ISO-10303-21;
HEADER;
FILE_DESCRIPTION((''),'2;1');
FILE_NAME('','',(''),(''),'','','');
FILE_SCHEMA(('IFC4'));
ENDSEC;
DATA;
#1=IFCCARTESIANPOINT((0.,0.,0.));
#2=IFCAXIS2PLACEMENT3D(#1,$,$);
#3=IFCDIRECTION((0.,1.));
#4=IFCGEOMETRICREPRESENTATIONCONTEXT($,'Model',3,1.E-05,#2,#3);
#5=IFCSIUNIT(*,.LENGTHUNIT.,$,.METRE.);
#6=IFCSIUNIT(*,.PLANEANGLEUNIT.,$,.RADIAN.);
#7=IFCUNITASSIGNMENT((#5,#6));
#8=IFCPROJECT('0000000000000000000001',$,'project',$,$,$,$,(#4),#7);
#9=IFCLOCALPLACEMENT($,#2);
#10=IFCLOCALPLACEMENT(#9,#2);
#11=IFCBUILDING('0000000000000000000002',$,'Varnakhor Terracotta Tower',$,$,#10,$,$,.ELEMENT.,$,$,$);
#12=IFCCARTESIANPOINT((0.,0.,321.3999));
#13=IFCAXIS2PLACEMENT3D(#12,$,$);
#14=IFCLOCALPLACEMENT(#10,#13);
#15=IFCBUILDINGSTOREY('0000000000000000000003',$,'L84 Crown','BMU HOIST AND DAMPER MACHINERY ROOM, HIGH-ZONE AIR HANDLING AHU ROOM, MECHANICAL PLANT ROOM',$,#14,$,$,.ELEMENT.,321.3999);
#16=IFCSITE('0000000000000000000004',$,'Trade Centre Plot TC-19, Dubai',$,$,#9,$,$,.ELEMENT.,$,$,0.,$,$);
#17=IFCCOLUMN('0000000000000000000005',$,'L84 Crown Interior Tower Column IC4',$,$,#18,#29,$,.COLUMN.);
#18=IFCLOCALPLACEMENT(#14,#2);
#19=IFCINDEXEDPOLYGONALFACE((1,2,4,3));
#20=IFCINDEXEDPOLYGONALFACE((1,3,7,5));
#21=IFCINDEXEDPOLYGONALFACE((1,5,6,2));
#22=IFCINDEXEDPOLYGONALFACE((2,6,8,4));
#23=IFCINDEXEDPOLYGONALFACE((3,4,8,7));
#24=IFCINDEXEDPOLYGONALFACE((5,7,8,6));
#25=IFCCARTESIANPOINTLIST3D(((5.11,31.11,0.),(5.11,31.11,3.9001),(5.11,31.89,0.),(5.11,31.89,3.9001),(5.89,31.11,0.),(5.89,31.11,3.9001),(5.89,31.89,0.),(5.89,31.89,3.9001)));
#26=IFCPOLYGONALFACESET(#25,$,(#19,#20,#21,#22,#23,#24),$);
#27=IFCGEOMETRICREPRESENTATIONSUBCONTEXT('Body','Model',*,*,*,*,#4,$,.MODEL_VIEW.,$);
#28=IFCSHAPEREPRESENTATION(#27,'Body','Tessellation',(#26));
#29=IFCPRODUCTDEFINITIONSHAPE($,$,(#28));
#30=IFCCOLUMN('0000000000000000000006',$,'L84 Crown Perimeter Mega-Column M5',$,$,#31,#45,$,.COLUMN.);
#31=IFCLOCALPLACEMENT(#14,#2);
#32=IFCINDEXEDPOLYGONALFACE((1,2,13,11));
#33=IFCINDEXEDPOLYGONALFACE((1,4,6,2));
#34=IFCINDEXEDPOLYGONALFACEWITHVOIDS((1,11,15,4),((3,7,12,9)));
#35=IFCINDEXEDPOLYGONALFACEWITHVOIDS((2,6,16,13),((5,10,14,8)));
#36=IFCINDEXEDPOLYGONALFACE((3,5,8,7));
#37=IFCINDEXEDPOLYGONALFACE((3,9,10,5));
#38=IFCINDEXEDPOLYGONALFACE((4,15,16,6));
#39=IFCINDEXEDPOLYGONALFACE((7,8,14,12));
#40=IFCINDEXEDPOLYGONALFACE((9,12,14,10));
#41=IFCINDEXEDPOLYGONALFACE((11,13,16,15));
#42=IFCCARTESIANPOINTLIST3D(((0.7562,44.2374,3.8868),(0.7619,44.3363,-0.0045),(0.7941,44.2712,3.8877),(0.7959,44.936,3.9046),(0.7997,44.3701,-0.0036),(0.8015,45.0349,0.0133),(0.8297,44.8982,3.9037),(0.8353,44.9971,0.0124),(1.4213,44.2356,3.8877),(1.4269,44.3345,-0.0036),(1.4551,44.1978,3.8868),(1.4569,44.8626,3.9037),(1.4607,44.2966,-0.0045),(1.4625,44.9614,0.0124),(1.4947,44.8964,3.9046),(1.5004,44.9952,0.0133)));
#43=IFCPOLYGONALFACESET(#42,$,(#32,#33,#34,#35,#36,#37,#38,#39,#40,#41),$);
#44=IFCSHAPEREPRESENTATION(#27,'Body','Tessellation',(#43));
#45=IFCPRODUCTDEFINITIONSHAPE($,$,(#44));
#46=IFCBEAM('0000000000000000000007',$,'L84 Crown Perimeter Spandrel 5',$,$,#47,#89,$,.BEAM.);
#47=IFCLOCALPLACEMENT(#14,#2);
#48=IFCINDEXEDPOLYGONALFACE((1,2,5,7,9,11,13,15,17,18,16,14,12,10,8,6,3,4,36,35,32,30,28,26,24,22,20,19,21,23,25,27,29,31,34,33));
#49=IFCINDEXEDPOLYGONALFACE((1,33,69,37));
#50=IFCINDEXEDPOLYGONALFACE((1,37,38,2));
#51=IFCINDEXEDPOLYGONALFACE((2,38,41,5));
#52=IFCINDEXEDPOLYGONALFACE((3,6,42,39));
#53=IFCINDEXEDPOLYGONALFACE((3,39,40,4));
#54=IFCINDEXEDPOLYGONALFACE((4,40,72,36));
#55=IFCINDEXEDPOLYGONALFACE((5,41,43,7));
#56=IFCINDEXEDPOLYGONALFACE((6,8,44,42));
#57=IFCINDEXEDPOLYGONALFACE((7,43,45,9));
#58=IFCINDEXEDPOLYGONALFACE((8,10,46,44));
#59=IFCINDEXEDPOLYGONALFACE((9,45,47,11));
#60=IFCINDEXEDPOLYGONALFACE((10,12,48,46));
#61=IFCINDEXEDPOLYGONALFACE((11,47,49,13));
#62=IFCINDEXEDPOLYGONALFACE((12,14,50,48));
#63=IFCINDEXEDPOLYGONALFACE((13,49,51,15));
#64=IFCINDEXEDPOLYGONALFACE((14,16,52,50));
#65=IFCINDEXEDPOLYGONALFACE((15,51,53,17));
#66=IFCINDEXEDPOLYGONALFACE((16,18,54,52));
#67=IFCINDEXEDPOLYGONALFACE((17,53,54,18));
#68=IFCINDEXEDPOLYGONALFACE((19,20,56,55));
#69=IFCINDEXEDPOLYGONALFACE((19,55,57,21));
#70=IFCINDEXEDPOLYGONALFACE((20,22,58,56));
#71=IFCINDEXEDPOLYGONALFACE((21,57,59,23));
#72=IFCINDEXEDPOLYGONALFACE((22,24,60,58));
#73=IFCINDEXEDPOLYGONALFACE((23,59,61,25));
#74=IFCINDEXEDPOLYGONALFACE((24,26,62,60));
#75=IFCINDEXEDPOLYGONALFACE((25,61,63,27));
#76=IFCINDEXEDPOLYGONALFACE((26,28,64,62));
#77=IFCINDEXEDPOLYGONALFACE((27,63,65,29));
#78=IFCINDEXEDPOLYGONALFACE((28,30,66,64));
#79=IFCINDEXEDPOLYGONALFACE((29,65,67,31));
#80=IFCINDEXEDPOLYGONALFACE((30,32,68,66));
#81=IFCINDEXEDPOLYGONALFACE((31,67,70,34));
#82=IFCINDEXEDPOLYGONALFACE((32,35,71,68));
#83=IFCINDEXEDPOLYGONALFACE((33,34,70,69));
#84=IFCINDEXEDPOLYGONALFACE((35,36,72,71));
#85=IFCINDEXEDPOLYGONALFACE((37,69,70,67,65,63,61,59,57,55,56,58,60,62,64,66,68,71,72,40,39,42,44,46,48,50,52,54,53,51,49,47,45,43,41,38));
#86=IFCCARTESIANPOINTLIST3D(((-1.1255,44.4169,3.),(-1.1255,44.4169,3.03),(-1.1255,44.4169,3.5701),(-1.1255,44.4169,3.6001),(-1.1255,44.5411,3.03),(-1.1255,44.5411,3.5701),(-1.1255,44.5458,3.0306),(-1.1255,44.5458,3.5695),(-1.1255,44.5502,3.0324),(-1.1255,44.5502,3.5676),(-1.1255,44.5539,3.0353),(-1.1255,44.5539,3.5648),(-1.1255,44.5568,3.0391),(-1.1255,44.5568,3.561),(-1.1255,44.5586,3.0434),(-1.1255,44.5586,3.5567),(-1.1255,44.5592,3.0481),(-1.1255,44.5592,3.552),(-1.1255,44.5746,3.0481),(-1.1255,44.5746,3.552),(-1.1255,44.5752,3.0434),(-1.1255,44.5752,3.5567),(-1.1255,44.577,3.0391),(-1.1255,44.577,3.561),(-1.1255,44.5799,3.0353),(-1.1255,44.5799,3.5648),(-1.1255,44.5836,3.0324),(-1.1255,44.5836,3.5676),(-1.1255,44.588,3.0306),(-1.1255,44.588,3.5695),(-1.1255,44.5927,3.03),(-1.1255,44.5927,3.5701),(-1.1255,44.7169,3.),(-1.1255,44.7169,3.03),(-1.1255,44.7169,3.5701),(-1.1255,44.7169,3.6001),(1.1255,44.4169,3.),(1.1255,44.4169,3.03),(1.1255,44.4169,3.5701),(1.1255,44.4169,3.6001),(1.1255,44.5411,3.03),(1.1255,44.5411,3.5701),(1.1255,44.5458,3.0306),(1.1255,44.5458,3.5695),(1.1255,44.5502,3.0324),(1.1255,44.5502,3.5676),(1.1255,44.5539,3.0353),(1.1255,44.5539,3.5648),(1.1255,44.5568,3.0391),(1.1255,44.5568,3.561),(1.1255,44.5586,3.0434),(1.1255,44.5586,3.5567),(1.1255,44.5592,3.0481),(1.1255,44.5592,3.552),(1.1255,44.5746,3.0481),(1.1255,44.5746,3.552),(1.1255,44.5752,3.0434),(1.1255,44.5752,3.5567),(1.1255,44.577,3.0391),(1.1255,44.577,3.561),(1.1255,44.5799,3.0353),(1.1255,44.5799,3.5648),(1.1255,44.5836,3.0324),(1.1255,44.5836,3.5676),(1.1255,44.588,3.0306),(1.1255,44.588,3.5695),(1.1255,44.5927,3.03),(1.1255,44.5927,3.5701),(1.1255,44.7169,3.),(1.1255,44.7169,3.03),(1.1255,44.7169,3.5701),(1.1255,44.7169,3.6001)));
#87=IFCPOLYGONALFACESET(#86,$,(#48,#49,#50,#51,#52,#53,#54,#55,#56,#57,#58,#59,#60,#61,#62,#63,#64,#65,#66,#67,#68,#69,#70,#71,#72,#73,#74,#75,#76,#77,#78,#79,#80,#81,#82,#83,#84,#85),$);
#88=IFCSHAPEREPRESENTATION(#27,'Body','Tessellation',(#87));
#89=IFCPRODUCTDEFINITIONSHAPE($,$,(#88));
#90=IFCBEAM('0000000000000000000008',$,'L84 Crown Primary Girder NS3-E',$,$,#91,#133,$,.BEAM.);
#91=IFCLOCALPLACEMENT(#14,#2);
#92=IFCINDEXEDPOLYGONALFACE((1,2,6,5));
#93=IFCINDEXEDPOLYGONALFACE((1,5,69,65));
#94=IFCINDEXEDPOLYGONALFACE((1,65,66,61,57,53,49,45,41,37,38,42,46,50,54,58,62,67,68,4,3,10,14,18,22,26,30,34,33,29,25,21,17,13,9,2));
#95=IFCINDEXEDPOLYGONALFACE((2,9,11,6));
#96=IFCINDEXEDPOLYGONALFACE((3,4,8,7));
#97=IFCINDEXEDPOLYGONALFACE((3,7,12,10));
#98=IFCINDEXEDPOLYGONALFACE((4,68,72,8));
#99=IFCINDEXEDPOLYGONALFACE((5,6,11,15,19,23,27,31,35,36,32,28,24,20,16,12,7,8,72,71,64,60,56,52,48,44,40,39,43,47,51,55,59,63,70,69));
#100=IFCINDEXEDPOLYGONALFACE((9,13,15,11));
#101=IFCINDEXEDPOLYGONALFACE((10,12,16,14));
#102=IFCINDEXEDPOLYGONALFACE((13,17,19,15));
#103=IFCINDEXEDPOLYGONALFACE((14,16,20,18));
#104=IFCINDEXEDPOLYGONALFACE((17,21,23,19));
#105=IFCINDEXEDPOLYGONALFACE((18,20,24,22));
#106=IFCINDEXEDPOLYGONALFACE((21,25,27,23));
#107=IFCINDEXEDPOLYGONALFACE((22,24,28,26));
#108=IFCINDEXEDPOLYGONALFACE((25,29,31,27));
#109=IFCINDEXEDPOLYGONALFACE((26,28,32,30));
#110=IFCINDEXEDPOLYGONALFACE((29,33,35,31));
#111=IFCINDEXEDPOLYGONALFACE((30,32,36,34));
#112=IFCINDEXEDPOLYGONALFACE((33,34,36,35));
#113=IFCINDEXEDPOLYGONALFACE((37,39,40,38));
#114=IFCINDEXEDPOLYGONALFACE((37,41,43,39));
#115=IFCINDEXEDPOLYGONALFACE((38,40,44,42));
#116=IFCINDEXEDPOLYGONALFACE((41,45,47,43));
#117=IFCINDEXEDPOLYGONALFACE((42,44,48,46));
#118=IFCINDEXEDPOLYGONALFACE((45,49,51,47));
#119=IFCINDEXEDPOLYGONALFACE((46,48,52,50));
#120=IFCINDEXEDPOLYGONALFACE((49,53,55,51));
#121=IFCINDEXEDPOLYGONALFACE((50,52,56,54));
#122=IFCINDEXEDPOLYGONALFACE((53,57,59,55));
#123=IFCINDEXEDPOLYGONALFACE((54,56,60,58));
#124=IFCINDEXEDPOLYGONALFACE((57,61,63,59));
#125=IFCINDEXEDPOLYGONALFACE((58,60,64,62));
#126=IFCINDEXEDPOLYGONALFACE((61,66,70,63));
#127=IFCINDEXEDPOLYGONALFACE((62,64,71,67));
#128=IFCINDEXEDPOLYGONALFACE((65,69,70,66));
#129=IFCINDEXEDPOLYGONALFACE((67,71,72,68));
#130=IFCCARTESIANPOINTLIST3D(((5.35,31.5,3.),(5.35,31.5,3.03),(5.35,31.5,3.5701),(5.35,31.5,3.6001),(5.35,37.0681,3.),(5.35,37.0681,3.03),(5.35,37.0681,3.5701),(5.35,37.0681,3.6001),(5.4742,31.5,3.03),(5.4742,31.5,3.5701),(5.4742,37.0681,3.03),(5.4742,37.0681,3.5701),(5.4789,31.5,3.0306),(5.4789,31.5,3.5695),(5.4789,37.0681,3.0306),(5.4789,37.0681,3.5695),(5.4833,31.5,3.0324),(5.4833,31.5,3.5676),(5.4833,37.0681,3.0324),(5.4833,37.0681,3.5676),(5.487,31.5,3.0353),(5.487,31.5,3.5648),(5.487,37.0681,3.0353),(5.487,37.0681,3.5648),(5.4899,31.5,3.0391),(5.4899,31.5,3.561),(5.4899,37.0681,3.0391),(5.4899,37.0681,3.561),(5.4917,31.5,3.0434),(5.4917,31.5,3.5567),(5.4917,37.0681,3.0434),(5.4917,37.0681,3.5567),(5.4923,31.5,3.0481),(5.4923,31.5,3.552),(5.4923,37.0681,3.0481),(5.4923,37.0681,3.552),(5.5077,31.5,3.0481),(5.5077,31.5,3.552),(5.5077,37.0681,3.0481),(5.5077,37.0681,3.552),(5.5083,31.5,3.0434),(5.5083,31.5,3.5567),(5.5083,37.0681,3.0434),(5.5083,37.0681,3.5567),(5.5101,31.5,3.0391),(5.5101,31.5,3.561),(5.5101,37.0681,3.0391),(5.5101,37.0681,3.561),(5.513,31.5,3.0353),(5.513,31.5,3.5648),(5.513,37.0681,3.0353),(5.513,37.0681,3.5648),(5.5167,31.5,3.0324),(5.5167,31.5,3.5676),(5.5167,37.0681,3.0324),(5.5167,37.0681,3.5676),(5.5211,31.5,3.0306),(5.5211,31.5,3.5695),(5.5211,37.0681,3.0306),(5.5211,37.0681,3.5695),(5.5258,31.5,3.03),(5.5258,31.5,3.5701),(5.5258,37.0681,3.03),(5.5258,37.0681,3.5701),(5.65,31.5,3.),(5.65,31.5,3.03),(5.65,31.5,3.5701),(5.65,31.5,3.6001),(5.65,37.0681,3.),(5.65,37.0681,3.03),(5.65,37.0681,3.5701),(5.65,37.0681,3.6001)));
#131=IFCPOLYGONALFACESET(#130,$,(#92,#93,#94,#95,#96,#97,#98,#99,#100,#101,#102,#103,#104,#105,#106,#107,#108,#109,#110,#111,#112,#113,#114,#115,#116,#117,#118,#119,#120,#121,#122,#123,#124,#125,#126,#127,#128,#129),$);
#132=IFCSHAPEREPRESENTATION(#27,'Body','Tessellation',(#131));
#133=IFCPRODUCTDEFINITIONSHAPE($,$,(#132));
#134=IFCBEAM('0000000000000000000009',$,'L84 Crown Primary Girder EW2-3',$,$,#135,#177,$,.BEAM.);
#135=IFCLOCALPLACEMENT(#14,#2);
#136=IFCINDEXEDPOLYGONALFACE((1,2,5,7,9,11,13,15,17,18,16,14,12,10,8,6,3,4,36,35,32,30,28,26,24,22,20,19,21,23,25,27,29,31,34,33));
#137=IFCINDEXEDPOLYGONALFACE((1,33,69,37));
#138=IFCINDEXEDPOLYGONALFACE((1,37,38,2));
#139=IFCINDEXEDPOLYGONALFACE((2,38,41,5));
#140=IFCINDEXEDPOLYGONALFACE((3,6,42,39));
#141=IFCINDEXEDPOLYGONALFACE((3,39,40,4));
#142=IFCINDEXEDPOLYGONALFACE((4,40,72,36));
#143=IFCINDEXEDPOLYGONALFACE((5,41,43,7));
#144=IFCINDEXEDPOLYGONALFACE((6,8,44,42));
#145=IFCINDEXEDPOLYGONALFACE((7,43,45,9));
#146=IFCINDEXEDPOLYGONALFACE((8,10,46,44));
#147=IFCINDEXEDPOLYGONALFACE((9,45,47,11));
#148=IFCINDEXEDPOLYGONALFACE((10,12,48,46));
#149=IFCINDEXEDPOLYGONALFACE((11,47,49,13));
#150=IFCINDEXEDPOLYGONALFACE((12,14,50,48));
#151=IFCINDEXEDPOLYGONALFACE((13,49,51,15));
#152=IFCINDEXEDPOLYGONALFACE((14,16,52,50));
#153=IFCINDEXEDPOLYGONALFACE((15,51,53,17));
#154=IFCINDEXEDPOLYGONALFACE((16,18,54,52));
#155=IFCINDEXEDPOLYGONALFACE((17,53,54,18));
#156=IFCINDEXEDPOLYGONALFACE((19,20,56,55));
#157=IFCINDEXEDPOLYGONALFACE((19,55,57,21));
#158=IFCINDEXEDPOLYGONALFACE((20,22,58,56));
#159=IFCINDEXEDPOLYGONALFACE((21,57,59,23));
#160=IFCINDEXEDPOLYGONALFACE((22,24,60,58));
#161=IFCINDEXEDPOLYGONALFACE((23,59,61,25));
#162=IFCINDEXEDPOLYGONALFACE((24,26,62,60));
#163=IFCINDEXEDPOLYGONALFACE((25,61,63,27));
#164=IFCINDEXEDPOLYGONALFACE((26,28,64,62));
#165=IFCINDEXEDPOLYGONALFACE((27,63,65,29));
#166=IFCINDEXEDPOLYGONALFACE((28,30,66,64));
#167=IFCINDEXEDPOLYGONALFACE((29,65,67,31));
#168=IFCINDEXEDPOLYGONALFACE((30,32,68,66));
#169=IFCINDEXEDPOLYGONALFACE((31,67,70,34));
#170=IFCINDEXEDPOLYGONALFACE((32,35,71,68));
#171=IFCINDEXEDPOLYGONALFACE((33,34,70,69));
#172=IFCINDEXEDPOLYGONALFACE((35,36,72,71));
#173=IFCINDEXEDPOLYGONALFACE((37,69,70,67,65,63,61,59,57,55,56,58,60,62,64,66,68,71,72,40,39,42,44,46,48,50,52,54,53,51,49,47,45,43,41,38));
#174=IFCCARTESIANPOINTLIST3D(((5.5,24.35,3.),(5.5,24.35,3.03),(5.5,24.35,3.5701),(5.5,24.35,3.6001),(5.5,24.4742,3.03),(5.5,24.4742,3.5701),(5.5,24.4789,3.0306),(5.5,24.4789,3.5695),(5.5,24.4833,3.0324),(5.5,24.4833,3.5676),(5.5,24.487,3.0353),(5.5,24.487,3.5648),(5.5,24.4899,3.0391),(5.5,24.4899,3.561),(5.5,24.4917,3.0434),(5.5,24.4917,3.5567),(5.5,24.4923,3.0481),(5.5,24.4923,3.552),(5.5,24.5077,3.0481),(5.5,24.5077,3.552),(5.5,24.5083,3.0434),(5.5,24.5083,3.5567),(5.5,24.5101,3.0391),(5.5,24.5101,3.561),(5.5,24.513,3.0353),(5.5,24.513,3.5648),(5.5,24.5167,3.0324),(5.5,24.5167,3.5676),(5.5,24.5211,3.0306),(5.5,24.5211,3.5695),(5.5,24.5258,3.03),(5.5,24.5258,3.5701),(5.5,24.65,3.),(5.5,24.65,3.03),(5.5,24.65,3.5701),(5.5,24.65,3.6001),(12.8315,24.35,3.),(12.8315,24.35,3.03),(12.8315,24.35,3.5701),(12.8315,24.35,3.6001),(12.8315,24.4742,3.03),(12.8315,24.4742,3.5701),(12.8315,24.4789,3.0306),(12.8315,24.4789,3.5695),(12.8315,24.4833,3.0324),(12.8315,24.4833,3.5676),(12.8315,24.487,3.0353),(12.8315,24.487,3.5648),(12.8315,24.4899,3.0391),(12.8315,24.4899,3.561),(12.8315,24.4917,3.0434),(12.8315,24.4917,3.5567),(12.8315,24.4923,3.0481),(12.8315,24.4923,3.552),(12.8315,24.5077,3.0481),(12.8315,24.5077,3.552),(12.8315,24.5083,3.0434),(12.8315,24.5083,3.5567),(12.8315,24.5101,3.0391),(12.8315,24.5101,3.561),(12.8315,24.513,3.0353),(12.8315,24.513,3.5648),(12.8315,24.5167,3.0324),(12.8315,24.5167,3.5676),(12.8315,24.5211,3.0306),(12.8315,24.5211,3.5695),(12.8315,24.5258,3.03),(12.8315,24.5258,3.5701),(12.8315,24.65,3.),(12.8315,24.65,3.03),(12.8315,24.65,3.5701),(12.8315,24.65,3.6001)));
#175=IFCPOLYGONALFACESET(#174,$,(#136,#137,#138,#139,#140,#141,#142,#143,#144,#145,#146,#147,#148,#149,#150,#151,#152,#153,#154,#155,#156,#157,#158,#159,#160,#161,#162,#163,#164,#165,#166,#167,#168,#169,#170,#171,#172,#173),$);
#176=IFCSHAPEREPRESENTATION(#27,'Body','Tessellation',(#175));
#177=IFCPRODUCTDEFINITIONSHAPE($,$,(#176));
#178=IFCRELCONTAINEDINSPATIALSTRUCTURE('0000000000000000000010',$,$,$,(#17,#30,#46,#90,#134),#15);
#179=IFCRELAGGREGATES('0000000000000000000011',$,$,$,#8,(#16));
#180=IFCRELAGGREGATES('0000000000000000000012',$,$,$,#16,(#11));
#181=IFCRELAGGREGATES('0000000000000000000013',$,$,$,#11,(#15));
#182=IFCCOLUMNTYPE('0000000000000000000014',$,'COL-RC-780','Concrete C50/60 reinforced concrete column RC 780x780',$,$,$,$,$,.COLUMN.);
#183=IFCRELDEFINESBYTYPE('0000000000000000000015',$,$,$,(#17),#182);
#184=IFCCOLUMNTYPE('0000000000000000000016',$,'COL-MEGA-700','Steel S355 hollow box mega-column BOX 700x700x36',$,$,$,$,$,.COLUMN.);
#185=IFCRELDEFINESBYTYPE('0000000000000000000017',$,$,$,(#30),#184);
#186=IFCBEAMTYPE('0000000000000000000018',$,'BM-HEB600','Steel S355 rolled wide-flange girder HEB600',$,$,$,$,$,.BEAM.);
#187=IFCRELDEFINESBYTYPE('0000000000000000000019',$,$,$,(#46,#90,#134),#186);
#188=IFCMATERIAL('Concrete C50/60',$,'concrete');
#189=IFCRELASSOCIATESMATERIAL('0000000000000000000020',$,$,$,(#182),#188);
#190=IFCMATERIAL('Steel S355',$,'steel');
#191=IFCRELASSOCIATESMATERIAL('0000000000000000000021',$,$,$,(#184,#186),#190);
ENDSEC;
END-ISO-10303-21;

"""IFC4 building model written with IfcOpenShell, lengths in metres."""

from ifc_helpers import new_model, si_unit, direction, frame, origin, origin_2d, place, context, subcontext, project, spatial, rectangle, hollow_rectangle, i_section, extrude, source, transform, mapped, material, material_profile, profile_set, type_object, element, save


model = new_model("IFC4")

# Units and contexts
model_context = context("Model", 3, precision=1e-05, world=origin(), true_north=direction((0.0, 1.0)))
body_context = subcontext(model_context, "Body", "Model", "MODEL_VIEW")
ifc_project = project(units=[si_unit("LENGTHUNIT", "METRE"), si_unit("PLANEANGLEUNIT", "RADIAN")], contexts=[model_context])

# Site, building, storey
site_placement = place(None, origin())
site = spatial("IfcSite", under=ifc_project, at=site_placement, Name="Trade Centre Plot TC-19, Dubai", CompositionType="ELEMENT", RefElevation=0.0)
building_placement = place(site_placement, origin())
building = spatial("IfcBuilding", under=site, at=building_placement, Name="Varnakhor Terracotta Tower", CompositionType="ELEMENT")
storey_placement = place(building_placement, frame((0.0, 0.0, 321.3999)))
storey = spatial("IfcBuildingStorey", under=building, at=storey_placement, Name="L84 Crown", Description="BMU HOIST AND DAMPER MACHINERY ROOM, HIGH-ZONE AIR HANDLING AHU ROOM, MECHANICAL PLANT ROOM", CompositionType="ELEMENT", Elevation=321.3999)

# Columns
ifc_material_1 = material(Name="Concrete C50/60", Category="concrete")
ifc_material_profile_1 = material_profile(ifc_material_1, rectangle(XDim=0.78, YDim=0.78, at=origin_2d()), Name="RC 780x780")
ifc_profile_set_1 = profile_set([ifc_material_profile_1], Name="Concrete C50/60")
column_type_1 = type_object("IfcColumnType", Name="COL-RC-780", Description="Concrete C50/60 reinforced concrete column RC 780x780", PredefinedType="COLUMN", material=ifc_profile_set_1)
shared_shape_1 = source(origin(), body_context, "Body", "SweptSolid", [
    extrude(rectangle(XDim=0.78, YDim=0.78, at=origin_2d()), origin(), (0.0, 0.0, 1.0), 3.9001),
])
column_1_placement = place(storey_placement, frame((5.5, 31.5, 0.0), z_axis=(0.0, 0.0, 1.0), x_axis=(1.0, 0.0, 0.0)))
element("IfcColumn", 1, at=column_1_placement, inside=storey, type_object=column_type_1, Name="L84 Crown Interior Tower Column IC4", PredefinedType="COLUMN", context=body_context, shape_type="MappedRepresentation", body=[
    mapped(shared_shape_1, transform((0.0, 0.0, 0.0), scale=1.0)),
])
ifc_material_2 = material(Name="Steel S355", Category="steel")
ifc_material_profile_2 = material_profile(ifc_material_2, hollow_rectangle(XDim=0.7, YDim=0.7, WallThickness=0.0359, at=origin_2d()), Name="BOX 700x700x36")
ifc_profile_set_2 = profile_set([ifc_material_profile_2], Name="Steel S355")
column_type_2 = type_object("IfcColumnType", Name="COL-MEGA-700", Description="Steel S355 hollow box mega-column BOX 700x700x36", PredefinedType="COLUMN", material=ifc_profile_set_2)
shared_shape_2 = source(origin(), body_context, "Body", "SweptSolid", [
    extrude(hollow_rectangle(XDim=0.7, YDim=0.7, WallThickness=0.0359, at=origin_2d()), origin(), (0.0, 0.0, 1.0), 3.8926),
])
column_2_placement = place(storey_placement, frame((1.1311, 44.6658, 0.0044), z_axis=(-0.001443, -0.025401, 0.999676), x_axis=(0.998391, -0.056699, 0.0)))
element("IfcColumn", 2, at=column_2_placement, inside=storey, type_object=column_type_2, Name="L84 Crown Perimeter Mega-Column M5", PredefinedType="COLUMN", context=body_context, shape_type="MappedRepresentation", body=[
    mapped(shared_shape_2, transform((0.0, 0.0, 0.0), scale=1.0)),
])

# Beams
ifc_material_profile_3 = material_profile(ifc_material_2, i_section(OverallWidth=0.3, OverallDepth=0.6001, WebThickness=0.0154, FlangeThickness=0.03, FilletRadius=0.0181, at=origin_2d()), Name="HEB600")
ifc_profile_set_3 = profile_set([ifc_material_profile_3], Name="Steel S355")
beam_type = type_object("IfcBeamType", Name="BM-HEB600", Description="Steel S355 rolled wide-flange girder HEB600", PredefinedType="BEAM", material=ifc_profile_set_3)
shared_shape_3 = source(origin(), body_context, "Body", "SweptSolid", [
    extrude(i_section(OverallWidth=0.3, OverallDepth=0.6001, WebThickness=0.0154, FlangeThickness=0.03, FilletRadius=0.0181, at=origin_2d()), origin(), (0.0, 0.0, 1.0), 2.251),
])
beam_1_placement = place(storey_placement, frame((1.1255, 44.5669, 3.3), z_axis=(-1.0, 0.0, 0.0), x_axis=(0.0, -1.0, 0.0)))
element("IfcBeam", 3, at=beam_1_placement, inside=storey, type_object=beam_type, Name="L84 Crown Perimeter Spandrel 5", PredefinedType="BEAM", context=body_context, shape_type="MappedRepresentation", body=[
    mapped(shared_shape_3, transform((0.0, 0.0, 0.0), scale=1.0)),
])
shared_shape_4 = source(origin(), body_context, "Body", "SweptSolid", [
    extrude(i_section(OverallWidth=0.3, OverallDepth=0.6001, WebThickness=0.0154, FlangeThickness=0.03, FilletRadius=0.0181, at=origin_2d()), origin(), (0.0, 0.0, 1.0), 5.5681),
])
beam_2_placement = place(storey_placement, frame((5.5, 31.5, 3.3), z_axis=(0.0, 1.0, 0.0), x_axis=(-1.0, 0.0, 0.0)))
element("IfcBeam", 4, at=beam_2_placement, inside=storey, type_object=beam_type, Name="L84 Crown Primary Girder NS3-E", PredefinedType="BEAM", context=body_context, shape_type="MappedRepresentation", body=[
    mapped(shared_shape_4, transform((0.0, 0.0, 0.0), scale=1.0)),
])
shared_shape_5 = source(origin(), body_context, "Body", "SweptSolid", [
    extrude(i_section(OverallWidth=0.3, OverallDepth=0.6001, WebThickness=0.0154, FlangeThickness=0.03, FilletRadius=0.0181, at=origin_2d()), origin(), (0.0, 0.0, 1.0), 7.3315),
])
beam_3_placement = place(storey_placement, frame((5.5, 24.5, 3.3), z_axis=(1.0, 0.0, 0.0), x_axis=(0.0, 1.0, 0.0)))
element("IfcBeam", 5, at=beam_3_placement, inside=storey, type_object=beam_type, Name="L84 Crown Primary Girder EW2-3", PredefinedType="BEAM", context=body_context, shape_type="MappedRepresentation", body=[
    mapped(shared_shape_5, transform((0.0, 0.0, 0.0), scale=1.0)),
])

save(model, "model.ifc")
